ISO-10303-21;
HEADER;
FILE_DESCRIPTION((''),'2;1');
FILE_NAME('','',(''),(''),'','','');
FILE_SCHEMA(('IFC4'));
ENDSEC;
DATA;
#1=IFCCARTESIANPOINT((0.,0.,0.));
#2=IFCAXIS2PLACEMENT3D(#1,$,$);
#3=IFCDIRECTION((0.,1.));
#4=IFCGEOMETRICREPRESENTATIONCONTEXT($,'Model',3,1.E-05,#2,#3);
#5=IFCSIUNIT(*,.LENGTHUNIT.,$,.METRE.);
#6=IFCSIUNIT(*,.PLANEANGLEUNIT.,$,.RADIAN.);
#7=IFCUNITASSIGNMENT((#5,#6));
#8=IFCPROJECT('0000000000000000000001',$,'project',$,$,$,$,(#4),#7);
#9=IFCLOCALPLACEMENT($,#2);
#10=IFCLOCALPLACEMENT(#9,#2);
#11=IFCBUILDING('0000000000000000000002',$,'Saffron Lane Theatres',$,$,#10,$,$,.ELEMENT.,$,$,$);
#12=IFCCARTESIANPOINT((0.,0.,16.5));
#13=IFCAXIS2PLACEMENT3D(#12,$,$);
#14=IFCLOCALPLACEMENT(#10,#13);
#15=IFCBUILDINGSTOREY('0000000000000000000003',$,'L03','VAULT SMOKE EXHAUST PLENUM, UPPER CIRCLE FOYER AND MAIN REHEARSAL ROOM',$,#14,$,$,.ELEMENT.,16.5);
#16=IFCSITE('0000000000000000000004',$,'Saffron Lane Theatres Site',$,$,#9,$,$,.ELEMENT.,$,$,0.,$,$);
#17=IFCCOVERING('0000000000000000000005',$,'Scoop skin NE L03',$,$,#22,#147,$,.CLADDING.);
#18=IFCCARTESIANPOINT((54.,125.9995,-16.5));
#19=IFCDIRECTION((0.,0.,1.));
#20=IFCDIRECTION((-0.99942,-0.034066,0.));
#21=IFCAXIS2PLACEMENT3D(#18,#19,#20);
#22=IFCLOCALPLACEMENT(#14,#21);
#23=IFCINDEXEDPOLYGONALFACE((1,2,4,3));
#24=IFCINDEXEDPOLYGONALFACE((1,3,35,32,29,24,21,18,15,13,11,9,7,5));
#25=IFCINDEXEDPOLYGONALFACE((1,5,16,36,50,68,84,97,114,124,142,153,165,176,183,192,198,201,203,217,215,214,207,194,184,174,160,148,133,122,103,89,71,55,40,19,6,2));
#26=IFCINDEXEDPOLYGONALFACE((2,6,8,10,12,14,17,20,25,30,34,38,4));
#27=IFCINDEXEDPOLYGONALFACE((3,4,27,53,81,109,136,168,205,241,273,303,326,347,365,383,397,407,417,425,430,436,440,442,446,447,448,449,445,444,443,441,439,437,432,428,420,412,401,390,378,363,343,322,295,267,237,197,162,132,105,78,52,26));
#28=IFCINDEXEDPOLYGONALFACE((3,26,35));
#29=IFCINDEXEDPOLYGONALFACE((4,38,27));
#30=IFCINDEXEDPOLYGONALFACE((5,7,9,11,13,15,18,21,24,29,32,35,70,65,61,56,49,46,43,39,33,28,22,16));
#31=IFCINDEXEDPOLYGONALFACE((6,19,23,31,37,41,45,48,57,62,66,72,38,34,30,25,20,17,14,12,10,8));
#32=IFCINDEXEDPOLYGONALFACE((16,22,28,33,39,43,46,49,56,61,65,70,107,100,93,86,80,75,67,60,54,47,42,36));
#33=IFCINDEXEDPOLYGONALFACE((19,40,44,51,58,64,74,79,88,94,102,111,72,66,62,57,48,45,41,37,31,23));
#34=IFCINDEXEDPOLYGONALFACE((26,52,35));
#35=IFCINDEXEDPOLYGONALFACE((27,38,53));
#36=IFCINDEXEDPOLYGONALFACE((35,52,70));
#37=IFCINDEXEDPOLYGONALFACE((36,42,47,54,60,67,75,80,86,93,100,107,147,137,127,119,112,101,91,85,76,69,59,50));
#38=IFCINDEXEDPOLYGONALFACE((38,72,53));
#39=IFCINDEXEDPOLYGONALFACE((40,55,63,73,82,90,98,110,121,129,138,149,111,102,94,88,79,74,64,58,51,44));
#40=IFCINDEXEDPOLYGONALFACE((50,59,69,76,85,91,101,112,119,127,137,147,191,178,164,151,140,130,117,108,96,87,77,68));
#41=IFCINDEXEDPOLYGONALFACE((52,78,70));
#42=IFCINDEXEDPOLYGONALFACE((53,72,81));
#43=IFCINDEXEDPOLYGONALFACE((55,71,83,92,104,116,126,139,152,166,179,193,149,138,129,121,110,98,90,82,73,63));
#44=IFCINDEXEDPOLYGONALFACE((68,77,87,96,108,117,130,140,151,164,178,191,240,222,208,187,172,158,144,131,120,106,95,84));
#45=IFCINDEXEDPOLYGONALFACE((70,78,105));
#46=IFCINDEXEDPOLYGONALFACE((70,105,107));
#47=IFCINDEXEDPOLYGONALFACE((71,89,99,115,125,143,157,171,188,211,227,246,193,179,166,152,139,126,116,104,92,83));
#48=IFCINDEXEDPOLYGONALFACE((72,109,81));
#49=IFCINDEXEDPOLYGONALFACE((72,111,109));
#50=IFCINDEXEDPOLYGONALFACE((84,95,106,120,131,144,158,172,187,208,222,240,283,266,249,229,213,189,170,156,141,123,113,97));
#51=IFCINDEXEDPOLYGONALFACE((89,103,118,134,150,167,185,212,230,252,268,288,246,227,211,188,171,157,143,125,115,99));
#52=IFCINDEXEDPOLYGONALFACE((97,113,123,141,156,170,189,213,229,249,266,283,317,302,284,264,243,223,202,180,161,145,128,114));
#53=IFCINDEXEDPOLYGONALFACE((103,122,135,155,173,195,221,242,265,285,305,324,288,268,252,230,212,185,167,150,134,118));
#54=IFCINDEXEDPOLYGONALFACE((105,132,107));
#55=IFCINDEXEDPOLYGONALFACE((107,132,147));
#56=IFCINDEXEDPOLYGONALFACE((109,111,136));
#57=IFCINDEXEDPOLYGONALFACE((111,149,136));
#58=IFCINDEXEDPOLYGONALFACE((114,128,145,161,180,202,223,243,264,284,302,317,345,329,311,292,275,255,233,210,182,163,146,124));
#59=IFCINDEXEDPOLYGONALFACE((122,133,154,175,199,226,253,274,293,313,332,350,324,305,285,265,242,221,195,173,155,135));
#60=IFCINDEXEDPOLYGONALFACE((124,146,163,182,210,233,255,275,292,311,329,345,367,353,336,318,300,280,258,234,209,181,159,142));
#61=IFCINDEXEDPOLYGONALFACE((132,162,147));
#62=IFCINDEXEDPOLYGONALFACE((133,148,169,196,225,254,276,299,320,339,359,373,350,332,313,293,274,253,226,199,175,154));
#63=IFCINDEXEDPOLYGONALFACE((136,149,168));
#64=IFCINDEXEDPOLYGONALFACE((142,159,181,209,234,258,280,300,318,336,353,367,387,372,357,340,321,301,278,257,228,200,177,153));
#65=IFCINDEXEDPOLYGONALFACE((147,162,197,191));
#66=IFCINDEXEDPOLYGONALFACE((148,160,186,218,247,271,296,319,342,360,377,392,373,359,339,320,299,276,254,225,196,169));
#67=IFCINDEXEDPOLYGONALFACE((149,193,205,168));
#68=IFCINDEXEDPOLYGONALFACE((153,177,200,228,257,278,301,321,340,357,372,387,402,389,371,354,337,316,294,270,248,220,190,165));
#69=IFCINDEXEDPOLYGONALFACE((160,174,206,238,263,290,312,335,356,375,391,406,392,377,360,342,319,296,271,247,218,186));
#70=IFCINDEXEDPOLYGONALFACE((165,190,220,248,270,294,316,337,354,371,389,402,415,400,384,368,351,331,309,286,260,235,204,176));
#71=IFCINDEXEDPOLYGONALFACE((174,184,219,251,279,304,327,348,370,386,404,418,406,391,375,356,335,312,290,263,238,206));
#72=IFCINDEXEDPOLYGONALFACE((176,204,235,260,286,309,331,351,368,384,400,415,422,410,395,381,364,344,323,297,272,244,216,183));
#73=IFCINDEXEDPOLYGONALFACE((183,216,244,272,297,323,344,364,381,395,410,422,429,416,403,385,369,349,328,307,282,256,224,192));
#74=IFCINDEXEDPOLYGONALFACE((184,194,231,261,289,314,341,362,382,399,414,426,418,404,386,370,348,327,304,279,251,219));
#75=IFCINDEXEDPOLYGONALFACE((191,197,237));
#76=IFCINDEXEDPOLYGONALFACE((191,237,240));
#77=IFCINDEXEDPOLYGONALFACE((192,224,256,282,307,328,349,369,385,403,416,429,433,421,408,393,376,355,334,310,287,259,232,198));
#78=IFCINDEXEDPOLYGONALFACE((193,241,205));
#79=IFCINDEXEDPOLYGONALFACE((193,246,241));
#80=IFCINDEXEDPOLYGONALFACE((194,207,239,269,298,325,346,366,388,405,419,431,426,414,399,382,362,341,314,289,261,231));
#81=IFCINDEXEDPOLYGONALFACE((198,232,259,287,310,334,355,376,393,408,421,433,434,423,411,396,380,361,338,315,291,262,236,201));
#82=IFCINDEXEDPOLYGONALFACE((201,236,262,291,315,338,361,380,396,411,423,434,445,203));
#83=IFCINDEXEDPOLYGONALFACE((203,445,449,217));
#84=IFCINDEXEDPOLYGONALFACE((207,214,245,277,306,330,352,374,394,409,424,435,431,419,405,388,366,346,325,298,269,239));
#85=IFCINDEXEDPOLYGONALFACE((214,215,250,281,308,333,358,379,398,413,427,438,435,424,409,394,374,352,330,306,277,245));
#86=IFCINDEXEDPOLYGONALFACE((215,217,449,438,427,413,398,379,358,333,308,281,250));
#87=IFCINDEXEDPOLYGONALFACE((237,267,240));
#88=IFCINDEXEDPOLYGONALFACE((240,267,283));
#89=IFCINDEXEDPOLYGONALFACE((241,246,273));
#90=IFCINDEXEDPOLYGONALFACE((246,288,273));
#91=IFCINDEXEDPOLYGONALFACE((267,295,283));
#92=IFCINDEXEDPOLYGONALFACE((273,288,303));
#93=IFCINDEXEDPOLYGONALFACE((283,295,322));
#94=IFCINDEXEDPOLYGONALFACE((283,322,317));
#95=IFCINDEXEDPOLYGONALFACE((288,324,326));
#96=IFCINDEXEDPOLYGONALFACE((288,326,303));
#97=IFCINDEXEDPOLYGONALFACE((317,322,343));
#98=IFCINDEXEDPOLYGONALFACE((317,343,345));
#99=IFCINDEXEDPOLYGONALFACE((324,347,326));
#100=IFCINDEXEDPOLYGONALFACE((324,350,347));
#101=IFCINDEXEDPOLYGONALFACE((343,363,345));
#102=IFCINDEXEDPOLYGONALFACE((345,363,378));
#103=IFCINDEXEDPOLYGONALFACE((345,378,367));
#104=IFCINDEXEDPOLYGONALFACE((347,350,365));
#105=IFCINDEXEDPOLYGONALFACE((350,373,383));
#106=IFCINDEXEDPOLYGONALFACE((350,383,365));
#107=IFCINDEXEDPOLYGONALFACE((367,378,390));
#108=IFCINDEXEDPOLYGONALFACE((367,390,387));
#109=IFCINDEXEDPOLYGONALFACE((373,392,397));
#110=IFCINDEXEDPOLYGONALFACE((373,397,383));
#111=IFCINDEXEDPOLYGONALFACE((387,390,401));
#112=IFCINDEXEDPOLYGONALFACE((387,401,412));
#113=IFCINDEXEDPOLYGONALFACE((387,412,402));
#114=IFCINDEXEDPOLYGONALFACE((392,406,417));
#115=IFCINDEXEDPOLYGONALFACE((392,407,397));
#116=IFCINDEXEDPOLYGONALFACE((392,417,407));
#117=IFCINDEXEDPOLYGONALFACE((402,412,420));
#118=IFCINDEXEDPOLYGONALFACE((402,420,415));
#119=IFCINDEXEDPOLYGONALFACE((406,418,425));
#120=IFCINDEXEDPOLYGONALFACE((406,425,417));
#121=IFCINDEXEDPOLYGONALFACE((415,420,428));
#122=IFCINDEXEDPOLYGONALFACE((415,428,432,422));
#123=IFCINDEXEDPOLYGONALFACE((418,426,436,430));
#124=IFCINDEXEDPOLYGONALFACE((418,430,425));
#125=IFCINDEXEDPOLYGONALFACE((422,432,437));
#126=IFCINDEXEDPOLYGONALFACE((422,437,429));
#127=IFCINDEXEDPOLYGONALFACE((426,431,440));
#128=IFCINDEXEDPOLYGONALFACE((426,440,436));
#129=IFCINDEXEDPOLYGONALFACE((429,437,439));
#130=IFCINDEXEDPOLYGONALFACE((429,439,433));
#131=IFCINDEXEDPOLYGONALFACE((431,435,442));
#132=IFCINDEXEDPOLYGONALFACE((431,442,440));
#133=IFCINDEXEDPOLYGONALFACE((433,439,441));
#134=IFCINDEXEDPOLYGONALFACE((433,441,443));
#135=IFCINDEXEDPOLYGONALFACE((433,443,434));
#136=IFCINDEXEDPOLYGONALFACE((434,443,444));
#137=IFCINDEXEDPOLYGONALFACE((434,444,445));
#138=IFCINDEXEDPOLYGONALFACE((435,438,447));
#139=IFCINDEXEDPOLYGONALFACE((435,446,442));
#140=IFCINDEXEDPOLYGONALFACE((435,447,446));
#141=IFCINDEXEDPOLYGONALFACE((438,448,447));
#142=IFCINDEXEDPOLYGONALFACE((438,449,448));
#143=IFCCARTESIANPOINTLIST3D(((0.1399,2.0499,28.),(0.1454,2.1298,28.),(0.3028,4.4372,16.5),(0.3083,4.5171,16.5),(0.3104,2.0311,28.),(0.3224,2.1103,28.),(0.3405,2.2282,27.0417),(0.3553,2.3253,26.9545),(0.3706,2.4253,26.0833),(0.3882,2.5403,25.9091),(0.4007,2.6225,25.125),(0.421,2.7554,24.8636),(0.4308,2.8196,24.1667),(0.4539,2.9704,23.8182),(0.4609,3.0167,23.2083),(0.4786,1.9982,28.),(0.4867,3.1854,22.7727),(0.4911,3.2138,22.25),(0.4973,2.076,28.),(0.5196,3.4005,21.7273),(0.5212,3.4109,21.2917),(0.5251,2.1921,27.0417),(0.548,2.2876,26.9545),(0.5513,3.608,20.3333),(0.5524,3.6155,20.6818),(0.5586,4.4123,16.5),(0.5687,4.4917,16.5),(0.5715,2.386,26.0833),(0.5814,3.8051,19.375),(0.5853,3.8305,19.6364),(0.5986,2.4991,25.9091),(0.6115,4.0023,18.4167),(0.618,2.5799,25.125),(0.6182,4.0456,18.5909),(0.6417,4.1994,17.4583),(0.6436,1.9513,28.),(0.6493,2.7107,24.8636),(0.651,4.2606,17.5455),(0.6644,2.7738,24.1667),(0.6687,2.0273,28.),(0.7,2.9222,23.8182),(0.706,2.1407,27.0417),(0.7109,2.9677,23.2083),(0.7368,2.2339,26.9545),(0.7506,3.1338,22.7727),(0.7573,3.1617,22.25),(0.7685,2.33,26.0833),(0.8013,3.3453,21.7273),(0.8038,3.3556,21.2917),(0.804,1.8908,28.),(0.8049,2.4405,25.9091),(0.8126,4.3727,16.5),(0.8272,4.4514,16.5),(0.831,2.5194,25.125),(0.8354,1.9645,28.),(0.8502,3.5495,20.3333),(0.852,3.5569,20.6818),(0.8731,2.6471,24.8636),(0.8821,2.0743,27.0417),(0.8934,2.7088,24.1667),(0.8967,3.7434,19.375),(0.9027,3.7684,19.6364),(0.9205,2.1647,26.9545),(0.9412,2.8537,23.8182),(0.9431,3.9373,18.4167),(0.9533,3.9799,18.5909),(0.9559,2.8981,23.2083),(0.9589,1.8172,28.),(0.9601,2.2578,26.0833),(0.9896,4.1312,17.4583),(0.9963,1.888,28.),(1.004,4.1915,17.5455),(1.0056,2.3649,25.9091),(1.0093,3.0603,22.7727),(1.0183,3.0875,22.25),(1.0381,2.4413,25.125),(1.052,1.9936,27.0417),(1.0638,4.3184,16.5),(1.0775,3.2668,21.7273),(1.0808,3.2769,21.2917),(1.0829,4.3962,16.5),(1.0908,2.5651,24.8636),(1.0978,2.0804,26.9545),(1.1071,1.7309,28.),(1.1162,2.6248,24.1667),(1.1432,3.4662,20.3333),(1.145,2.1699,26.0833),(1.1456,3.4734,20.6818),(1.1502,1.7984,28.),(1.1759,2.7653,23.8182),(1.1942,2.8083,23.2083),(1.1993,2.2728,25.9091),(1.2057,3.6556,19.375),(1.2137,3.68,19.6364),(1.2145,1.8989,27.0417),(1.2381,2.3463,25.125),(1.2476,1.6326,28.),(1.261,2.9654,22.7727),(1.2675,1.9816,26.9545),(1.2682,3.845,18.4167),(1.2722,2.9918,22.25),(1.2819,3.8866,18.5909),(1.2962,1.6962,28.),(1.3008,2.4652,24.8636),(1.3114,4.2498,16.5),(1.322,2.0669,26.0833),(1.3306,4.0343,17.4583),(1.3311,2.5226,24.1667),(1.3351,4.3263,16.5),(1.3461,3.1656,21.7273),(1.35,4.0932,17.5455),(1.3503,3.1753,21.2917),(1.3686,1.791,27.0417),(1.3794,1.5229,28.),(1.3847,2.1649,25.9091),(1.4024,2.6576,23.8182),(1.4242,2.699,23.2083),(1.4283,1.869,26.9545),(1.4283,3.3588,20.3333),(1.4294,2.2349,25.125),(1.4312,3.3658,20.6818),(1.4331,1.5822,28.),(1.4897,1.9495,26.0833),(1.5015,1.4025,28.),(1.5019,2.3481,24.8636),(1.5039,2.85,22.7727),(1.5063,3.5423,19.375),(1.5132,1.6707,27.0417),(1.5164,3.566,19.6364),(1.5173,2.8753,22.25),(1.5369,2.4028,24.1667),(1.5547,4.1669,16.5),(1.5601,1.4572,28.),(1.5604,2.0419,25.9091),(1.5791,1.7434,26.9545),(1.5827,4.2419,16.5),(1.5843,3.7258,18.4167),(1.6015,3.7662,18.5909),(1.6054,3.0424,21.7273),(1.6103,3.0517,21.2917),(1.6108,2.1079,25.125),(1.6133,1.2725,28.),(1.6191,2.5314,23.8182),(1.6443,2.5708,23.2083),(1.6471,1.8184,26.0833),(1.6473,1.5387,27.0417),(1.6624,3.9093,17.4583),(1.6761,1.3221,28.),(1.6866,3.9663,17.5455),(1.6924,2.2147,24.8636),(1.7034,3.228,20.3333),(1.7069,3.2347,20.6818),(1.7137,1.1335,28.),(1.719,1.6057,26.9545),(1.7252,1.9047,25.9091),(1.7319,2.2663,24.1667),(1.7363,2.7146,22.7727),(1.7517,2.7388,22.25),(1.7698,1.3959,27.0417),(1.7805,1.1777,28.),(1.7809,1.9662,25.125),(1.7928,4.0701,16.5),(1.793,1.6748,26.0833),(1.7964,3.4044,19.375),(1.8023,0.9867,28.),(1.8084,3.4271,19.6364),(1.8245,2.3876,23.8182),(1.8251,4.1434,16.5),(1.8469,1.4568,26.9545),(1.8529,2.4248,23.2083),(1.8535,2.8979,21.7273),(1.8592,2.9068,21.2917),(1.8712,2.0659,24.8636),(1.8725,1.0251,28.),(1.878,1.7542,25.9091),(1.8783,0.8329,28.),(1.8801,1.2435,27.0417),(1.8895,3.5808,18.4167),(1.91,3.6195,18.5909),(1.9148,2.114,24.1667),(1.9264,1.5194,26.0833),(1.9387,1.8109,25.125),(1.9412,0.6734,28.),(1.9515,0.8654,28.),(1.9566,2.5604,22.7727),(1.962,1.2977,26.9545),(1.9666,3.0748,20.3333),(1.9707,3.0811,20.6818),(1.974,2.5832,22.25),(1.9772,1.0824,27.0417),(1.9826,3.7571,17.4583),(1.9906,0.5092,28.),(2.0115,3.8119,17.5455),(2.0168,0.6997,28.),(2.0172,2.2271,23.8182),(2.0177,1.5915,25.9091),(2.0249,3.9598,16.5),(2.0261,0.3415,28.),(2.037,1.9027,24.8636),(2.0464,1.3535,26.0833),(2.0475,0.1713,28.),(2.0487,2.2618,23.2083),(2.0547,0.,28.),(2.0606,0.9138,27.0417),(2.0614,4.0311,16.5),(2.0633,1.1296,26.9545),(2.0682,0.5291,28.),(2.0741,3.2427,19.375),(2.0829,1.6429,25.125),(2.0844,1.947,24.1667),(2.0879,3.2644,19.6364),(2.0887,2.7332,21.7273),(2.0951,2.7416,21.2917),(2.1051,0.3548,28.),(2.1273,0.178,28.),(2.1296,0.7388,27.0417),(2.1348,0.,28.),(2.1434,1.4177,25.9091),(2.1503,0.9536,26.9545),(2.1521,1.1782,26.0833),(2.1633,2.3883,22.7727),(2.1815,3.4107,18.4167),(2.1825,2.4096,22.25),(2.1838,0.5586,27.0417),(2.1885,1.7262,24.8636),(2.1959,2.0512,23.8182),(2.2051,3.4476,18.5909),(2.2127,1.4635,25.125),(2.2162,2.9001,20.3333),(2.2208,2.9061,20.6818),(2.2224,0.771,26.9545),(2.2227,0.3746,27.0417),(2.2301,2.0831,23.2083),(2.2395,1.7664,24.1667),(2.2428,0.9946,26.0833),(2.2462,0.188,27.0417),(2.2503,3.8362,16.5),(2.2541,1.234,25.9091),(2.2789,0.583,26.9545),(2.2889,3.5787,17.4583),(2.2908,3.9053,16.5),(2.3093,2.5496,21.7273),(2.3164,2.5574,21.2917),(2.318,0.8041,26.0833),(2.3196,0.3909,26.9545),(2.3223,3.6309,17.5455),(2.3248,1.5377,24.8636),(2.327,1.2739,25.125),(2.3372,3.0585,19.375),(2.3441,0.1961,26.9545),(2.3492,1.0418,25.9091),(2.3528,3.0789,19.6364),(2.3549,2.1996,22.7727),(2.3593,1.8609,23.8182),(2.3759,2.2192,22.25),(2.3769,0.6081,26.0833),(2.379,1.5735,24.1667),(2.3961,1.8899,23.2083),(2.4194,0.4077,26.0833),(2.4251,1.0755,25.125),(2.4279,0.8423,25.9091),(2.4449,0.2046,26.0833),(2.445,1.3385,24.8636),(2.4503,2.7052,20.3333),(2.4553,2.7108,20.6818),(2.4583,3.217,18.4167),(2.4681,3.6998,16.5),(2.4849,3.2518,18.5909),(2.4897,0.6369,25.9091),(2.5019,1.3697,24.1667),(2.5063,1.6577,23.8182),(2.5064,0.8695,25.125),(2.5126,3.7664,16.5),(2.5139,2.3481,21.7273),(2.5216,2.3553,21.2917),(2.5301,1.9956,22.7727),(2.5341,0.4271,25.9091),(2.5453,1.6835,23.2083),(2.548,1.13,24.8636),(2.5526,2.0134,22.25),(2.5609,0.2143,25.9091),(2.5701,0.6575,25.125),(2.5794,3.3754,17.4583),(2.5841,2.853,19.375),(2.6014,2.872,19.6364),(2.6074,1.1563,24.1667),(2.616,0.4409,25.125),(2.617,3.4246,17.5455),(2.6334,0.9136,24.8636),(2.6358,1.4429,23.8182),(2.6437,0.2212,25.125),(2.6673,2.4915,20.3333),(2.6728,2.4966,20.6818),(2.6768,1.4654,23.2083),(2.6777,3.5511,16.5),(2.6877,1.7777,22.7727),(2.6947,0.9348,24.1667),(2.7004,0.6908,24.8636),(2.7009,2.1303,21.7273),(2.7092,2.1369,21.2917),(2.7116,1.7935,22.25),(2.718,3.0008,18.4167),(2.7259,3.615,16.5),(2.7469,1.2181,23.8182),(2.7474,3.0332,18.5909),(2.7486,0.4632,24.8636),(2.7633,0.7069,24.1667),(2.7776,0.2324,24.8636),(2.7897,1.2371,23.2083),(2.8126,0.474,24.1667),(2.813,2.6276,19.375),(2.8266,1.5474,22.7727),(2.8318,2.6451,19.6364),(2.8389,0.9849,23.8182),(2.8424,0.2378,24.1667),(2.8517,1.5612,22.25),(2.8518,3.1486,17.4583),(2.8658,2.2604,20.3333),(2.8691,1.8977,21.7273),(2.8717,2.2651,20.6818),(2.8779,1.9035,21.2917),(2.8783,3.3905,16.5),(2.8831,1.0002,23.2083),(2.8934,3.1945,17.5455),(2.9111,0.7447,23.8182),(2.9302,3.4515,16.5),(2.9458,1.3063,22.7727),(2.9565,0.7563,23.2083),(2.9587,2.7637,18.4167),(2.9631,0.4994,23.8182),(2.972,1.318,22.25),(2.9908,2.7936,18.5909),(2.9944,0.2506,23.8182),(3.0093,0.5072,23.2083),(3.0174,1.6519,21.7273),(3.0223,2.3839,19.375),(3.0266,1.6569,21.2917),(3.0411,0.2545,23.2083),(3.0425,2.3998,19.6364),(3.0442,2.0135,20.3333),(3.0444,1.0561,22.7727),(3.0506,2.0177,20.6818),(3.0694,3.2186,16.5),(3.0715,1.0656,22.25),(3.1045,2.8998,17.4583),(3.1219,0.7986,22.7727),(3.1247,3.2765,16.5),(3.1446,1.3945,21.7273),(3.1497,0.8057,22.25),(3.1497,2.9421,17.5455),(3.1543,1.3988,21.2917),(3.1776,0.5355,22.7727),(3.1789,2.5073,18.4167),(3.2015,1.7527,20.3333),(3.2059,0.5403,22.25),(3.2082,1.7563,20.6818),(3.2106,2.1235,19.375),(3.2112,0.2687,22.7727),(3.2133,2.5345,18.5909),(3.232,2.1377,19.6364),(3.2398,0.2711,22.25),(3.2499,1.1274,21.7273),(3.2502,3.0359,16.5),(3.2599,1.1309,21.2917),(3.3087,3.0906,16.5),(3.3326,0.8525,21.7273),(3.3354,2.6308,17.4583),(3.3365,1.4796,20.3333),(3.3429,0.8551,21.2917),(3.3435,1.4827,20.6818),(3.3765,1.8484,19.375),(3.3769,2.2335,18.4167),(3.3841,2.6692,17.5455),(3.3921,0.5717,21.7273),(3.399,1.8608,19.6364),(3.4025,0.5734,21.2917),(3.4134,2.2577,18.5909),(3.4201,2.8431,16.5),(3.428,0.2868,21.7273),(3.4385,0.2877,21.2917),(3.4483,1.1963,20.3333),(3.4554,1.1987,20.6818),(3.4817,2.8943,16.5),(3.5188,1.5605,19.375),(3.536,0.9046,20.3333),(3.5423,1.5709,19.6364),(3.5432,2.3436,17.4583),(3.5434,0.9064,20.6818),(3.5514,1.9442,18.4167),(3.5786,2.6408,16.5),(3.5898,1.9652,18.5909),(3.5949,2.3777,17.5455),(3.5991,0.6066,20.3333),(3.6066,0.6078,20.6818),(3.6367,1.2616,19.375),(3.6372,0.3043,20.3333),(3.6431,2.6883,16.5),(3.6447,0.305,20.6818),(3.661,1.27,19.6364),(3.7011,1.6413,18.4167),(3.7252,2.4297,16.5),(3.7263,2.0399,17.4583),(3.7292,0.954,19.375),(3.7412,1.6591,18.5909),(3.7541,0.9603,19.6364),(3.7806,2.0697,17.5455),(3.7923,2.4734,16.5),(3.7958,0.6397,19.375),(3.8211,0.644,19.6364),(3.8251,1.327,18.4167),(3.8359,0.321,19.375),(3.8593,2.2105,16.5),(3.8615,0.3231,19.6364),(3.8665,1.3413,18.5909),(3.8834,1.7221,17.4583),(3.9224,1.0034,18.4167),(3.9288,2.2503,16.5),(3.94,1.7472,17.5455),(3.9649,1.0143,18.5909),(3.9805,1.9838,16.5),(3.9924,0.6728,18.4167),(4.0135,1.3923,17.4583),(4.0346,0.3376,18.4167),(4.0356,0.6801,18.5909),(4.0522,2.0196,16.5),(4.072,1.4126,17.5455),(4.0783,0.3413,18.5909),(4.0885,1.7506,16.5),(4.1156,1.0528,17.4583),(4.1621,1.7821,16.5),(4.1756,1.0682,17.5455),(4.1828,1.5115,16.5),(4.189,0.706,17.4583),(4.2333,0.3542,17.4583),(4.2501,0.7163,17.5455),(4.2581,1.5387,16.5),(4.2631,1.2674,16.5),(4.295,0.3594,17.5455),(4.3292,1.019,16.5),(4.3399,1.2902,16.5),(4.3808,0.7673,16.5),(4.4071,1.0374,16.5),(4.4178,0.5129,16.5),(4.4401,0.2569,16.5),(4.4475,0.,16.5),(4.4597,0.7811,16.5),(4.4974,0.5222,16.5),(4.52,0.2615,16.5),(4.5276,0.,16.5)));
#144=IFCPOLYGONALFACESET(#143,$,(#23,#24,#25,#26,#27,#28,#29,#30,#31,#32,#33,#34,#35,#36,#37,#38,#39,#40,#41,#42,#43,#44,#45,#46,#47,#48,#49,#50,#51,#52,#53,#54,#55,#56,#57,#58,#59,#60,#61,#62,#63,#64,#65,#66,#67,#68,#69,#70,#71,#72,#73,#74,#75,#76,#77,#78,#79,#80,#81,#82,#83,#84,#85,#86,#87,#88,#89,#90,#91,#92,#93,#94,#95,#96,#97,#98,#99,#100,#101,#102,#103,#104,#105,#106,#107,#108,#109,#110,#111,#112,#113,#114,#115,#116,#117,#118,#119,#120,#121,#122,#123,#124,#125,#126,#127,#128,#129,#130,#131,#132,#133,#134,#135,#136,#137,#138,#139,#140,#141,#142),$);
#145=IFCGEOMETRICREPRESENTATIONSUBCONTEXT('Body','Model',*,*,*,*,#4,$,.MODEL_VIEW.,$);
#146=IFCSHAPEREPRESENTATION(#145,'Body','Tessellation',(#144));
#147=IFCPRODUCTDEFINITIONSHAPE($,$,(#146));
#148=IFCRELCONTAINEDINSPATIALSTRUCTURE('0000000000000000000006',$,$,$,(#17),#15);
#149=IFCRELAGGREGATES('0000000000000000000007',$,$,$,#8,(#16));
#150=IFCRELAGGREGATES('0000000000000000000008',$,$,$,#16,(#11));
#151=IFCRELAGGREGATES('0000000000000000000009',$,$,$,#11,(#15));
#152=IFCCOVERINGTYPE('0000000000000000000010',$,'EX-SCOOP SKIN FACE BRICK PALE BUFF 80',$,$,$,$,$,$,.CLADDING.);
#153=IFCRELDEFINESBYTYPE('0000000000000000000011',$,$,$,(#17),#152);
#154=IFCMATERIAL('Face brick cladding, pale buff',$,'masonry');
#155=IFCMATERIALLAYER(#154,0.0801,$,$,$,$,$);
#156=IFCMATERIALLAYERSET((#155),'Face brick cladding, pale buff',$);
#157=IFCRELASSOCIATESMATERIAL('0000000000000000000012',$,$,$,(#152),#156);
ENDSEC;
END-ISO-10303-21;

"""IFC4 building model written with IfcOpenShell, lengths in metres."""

from ifc_helpers import new_model, entity, si_unit, direction, frame, origin, place, context, subcontext, project, spatial, material, layer, layer_set, type_object, element, save


model = new_model("IFC4")

# Units and contexts
model_context = context("Model", 3, precision=1e-05, world=origin(), true_north=direction((0.0, 1.0)))
body_context = subcontext(model_context, "Body", "Model", "MODEL_VIEW")
ifc_project = project(units=[si_unit("LENGTHUNIT", "METRE"), si_unit("PLANEANGLEUNIT", "RADIAN")], contexts=[model_context])

# Site, building, storey
site_placement = place(None, origin())
site = spatial("IfcSite", under=ifc_project, at=site_placement, Name="Saffron Lane Theatres Site", CompositionType="ELEMENT", RefElevation=0.0)
building_placement = place(site_placement, origin())
building = spatial("IfcBuilding", under=site, at=building_placement, Name="Saffron Lane Theatres", CompositionType="ELEMENT")
storey_placement = place(building_placement, frame((0.0, 0.0, 16.5)))
storey = spatial("IfcBuildingStorey", under=building, at=storey_placement, Name="L03", Description="VAULT SMOKE EXHAUST PLENUM, UPPER CIRCLE FOYER AND MAIN REHEARSAL ROOM", CompositionType="ELEMENT", Elevation=16.5)

# Covering
ifc_material_1 = material(Name="Face brick cladding, pale buff", Category="masonry")
ifc_layer_1 = layer(ifc_material_1, 0.0801)
ifc_layer_set_1 = layer_set([ifc_layer_1], Name="Face brick cladding, pale buff")
covering_type = type_object("IfcCoveringType", Name="EX-SCOOP SKIN FACE BRICK PALE BUFF 80", PredefinedType="CLADDING", material=ifc_layer_set_1)
covering_placement = place(storey_placement, frame((54.0, 125.9995, -16.5), z_axis=(0.0, 0.0, 1.0), x_axis=(-0.99942, -0.034066, 0.0)))
cartesian_point_1 = entity("IfcCartesianPoint", [4.4475, 16.5])
cartesian_point_2 = entity("IfcCartesianPoint", [0.0, 0.0, 0.0])
element("IfcCovering", 1, at=covering_placement, inside=storey, type_object=covering_type, Name="Scoop skin NE L03", PredefinedType="CLADDING", context=body_context, shape_type="SweptSolid", body=[
    entity("IfcRevolvedAreaSolid", entity("IfcArbitraryClosedProfileDef", "AREA", None, entity("IfcPolyline", [cartesian_point_1, entity("IfcCartesianPoint", [4.5276, 16.5]), entity("IfcCartesianPoint", [2.1348, 28.0]), entity("IfcCartesianPoint", [2.0547, 28.0]), cartesian_point_1])), entity("IfcAxis2Placement3D", cartesian_point_2, entity("IfcDirection", [0.0, -1.0, 0.0]), entity("IfcDirection", [1.0, 0.0, 0.0])), entity("IfcAxis1Placement", cartesian_point_2, entity("IfcDirection", [0.0, 1.0, 0.0])), 1.502651),
])

save(model, "model.ifc")
